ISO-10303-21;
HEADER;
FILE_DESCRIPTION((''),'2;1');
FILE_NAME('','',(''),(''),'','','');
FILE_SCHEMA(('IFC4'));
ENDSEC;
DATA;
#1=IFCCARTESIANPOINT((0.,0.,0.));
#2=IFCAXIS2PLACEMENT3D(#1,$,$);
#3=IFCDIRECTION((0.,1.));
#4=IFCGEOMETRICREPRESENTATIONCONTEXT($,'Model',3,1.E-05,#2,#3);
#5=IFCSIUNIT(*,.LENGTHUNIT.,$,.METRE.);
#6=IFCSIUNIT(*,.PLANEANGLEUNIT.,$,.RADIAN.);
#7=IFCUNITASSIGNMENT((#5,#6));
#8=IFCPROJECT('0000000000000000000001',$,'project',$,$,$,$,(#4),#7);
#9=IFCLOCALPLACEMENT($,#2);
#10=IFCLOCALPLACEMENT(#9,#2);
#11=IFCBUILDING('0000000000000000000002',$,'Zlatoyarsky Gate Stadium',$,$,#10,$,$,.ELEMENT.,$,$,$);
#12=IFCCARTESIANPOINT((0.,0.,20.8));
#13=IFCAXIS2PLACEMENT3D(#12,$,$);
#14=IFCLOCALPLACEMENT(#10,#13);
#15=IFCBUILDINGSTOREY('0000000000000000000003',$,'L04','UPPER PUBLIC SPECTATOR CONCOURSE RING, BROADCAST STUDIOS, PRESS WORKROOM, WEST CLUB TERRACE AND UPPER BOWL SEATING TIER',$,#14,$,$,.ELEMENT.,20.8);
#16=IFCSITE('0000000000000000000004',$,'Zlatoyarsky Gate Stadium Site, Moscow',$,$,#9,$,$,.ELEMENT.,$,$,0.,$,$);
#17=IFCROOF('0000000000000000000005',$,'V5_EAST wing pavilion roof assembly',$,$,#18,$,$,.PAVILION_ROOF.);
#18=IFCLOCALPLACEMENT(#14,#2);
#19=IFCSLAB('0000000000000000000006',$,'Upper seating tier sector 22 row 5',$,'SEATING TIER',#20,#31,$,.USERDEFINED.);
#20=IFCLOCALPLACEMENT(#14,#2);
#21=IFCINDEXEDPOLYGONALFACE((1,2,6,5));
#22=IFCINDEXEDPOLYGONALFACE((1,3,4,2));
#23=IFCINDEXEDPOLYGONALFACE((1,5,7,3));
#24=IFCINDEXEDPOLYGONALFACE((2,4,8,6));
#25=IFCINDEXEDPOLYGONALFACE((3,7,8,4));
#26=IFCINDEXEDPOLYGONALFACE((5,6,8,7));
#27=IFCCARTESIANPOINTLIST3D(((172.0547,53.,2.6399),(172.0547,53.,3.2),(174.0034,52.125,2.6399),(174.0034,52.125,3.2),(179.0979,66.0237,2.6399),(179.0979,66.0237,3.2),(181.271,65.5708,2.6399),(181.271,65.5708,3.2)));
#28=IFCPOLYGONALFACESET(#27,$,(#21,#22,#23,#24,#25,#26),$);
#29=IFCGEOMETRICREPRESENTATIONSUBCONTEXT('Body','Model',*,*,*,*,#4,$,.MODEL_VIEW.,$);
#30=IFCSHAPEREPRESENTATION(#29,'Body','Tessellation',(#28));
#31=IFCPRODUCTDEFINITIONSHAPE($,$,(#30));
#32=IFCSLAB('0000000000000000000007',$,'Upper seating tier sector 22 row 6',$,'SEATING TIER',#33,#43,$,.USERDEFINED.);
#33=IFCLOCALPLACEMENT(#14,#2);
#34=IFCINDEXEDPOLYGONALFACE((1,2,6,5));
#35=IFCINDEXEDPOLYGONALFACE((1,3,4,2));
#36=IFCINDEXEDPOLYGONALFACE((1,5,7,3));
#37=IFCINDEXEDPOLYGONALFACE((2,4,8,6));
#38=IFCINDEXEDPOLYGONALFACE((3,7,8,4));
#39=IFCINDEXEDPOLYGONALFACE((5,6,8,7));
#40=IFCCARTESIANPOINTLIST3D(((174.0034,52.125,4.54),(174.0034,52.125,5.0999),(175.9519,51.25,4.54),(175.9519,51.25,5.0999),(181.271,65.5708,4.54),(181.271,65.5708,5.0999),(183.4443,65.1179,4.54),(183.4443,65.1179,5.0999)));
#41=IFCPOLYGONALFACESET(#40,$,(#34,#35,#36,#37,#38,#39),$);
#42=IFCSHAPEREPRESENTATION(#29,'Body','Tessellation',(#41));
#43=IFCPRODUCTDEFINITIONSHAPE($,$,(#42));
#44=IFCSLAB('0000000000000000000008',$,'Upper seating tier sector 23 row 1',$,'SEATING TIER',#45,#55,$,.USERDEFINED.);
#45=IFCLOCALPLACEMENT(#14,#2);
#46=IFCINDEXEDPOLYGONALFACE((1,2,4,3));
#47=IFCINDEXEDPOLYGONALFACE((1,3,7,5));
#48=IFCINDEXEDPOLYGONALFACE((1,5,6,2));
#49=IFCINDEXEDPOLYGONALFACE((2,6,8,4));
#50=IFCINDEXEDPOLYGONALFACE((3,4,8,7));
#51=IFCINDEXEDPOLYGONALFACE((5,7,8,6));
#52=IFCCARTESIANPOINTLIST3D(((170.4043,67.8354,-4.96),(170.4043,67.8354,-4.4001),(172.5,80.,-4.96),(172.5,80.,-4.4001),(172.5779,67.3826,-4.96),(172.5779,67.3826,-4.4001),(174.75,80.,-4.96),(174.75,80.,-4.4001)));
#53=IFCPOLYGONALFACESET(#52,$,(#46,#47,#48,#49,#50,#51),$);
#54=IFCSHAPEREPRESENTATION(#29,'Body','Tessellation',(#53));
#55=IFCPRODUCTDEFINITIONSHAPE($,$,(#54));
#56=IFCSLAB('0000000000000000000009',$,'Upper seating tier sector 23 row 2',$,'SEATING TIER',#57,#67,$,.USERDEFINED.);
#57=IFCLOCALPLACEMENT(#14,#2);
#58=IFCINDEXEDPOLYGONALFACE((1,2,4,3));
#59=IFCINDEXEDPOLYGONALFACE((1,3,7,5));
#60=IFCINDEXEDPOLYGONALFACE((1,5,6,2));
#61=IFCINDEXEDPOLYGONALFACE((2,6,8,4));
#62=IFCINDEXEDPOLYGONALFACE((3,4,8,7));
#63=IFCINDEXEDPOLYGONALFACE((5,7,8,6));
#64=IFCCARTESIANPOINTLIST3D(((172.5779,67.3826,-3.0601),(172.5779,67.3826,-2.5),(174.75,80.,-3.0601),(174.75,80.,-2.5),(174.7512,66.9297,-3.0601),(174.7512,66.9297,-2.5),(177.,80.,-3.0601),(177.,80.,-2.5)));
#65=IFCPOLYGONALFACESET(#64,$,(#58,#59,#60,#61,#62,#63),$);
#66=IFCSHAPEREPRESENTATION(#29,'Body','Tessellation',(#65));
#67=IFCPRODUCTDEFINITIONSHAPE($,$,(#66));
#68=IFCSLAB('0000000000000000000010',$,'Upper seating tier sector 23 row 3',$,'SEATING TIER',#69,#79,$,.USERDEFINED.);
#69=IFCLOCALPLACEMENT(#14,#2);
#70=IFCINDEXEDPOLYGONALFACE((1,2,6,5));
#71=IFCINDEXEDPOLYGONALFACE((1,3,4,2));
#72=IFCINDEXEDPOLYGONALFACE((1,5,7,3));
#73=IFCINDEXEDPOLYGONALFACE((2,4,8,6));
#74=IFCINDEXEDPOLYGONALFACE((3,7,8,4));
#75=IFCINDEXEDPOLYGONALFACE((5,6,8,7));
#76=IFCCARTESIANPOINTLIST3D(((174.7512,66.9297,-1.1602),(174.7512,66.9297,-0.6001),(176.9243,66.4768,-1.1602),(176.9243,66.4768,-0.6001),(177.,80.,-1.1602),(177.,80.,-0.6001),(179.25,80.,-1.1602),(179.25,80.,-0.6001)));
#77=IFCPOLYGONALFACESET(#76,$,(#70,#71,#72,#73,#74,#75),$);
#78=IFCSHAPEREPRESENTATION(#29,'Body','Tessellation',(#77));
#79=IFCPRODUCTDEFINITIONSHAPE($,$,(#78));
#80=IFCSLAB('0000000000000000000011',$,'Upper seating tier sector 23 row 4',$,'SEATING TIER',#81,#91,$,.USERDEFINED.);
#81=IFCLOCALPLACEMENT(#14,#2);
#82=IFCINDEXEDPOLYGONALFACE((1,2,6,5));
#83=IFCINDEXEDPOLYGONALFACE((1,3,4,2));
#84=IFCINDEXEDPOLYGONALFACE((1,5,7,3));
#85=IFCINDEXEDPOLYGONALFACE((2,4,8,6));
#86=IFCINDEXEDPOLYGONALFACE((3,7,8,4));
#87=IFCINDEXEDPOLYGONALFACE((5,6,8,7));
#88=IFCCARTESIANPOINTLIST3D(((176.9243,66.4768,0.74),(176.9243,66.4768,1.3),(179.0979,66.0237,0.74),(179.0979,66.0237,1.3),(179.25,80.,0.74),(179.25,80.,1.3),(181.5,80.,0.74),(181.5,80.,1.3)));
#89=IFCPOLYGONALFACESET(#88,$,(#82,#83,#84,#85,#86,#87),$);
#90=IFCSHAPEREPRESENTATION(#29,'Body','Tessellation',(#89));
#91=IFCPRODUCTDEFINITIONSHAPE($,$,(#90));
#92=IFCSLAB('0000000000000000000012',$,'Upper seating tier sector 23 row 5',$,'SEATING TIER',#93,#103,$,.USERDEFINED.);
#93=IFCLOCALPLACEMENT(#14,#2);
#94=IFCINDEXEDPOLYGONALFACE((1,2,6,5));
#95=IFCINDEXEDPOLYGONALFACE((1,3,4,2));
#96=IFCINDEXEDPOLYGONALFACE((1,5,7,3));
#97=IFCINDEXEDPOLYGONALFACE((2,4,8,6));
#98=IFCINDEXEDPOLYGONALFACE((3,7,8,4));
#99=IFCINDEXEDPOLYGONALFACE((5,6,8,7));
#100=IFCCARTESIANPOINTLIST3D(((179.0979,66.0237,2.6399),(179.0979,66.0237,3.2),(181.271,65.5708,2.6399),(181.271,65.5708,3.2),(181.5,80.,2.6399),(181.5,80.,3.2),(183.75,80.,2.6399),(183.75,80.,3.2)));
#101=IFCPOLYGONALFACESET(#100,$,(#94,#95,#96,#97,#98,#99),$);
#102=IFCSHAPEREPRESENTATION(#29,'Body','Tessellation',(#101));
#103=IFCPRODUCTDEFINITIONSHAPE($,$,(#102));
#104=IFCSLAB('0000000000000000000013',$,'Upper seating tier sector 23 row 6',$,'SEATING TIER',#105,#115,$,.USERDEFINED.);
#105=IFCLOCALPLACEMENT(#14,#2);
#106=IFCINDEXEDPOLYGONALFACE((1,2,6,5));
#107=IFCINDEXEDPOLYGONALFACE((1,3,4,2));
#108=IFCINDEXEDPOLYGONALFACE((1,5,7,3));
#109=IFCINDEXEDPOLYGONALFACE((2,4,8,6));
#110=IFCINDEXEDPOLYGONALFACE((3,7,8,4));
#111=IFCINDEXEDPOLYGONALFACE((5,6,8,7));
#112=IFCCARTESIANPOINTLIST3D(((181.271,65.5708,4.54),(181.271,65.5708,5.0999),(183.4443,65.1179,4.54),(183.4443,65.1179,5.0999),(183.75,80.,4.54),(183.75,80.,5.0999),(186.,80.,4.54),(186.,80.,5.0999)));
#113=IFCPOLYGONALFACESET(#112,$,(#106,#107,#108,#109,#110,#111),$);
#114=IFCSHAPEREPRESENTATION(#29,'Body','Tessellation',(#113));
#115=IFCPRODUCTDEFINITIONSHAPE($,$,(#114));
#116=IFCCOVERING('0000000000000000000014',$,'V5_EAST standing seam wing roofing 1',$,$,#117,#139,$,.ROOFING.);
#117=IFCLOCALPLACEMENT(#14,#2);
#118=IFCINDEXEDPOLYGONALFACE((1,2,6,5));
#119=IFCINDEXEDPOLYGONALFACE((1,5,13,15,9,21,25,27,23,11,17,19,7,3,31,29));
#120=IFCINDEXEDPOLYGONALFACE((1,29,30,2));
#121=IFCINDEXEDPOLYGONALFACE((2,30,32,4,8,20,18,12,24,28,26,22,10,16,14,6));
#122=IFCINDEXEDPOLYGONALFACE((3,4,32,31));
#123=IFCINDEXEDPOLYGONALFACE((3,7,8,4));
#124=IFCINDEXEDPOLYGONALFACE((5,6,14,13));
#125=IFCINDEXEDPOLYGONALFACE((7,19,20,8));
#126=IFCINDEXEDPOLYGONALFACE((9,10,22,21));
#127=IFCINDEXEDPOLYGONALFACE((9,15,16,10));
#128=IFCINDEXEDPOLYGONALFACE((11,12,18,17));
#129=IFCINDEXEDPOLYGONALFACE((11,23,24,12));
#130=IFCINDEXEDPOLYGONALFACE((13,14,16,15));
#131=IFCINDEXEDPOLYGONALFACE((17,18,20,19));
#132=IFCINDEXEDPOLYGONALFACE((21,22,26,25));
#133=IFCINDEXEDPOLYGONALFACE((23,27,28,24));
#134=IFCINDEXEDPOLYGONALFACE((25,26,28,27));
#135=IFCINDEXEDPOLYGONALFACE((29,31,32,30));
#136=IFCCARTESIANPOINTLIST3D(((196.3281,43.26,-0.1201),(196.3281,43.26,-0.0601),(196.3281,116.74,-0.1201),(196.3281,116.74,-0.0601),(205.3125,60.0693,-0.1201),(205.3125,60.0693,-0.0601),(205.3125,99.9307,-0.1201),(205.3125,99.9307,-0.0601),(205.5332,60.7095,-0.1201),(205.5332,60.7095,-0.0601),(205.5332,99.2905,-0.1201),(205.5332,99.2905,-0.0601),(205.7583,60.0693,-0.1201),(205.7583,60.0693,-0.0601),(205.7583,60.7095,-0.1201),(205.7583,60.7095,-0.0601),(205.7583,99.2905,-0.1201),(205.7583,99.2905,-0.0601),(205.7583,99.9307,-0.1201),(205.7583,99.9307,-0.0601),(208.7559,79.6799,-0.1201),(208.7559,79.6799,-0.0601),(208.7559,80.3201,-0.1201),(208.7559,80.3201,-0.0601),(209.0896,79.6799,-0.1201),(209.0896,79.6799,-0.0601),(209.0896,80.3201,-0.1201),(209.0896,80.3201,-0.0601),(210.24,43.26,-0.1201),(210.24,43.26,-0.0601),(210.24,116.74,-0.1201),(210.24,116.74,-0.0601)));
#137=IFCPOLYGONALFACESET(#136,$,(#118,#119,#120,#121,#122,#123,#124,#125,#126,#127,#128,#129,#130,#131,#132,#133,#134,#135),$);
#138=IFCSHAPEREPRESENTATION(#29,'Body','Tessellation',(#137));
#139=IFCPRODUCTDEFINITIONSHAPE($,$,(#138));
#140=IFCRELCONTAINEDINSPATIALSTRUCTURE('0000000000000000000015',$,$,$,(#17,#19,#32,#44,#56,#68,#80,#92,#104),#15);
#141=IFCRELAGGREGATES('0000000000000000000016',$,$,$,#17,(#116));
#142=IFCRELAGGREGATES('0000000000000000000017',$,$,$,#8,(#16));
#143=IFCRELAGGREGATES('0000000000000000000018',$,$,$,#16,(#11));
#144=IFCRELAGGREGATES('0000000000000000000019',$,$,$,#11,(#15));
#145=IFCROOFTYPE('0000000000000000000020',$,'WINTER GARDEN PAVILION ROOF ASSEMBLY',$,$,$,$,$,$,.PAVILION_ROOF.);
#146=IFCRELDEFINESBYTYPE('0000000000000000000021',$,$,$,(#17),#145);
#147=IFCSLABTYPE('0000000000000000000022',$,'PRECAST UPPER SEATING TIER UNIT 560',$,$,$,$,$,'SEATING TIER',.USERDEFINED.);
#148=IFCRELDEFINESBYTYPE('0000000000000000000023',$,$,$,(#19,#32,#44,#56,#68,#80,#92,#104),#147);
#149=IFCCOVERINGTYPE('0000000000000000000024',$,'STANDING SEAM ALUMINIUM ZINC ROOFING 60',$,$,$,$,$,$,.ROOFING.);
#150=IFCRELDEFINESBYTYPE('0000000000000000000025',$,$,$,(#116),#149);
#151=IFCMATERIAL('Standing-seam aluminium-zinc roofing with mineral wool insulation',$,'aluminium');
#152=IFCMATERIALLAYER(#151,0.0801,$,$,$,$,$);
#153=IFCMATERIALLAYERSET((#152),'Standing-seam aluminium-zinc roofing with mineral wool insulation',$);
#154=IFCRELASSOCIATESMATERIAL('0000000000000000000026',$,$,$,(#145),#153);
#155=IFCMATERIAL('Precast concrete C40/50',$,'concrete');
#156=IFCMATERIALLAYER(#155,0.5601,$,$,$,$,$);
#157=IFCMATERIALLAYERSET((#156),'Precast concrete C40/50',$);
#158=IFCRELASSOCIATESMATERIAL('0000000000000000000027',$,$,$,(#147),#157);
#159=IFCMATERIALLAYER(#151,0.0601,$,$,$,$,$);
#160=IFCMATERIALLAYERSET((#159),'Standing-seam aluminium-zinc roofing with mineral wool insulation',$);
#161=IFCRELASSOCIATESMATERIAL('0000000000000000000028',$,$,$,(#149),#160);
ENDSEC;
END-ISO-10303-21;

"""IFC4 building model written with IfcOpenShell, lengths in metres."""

from ifc_helpers import new_model, si_unit, direction, frame, origin, place, context, subcontext, project, spatial, polyline, outline, extrude, material, layer, layer_set, type_object, element, aggregate, save


model = new_model("IFC4")

# Units and contexts
model_context = context("Model", 3, precision=1e-05, world=origin(), true_north=direction((0.0, 1.0)))
body_context = subcontext(model_context, "Body", "Model", "MODEL_VIEW")
ifc_project = project(units=[si_unit("LENGTHUNIT", "METRE"), si_unit("PLANEANGLEUNIT", "RADIAN")], contexts=[model_context])

# Site, building, storey
site_placement = place(None, origin())
site = spatial("IfcSite", under=ifc_project, at=site_placement, Name="Zlatoyarsky Gate Stadium Site, Moscow", CompositionType="ELEMENT", RefElevation=0.0)
building_placement = place(site_placement, origin())
building = spatial("IfcBuilding", under=site, at=building_placement, Name="Zlatoyarsky Gate Stadium", CompositionType="ELEMENT")
storey_placement = place(building_placement, frame((0.0, 0.0, 20.8)))
storey = spatial("IfcBuildingStorey", under=building, at=storey_placement, Name="L04", Description="UPPER PUBLIC SPECTATOR CONCOURSE RING, BROADCAST STUDIOS, PRESS WORKROOM, WEST CLUB TERRACE AND UPPER BOWL SEATING TIER", CompositionType="ELEMENT", Elevation=20.8)

# Roof
ifc_material_1 = material(Name="Standing-seam aluminium-zinc roofing with mineral wool insulation", Category="aluminium")
ifc_layer_1 = layer(ifc_material_1, 0.0801)
ifc_layer_set_1 = layer_set([ifc_layer_1], Name="Standing-seam aluminium-zinc roofing with mineral wool insulation")
roof_type = type_object("IfcRoofType", Name="WINTER GARDEN PAVILION ROOF ASSEMBLY", PredefinedType="PAVILION_ROOF", material=ifc_layer_set_1)
roof_placement = place(storey_placement, origin())
roof = element("IfcRoof", 1, at=roof_placement, inside=storey, type_object=roof_type, Name="V5_EAST wing pavilion roof assembly", PredefinedType="PAVILION_ROOF")

# Slabs
ifc_material_2 = material(Name="Precast concrete C40/50", Category="concrete")
ifc_layer_2 = layer(ifc_material_2, 0.5601)
ifc_layer_set_2 = layer_set([ifc_layer_2], Name="Precast concrete C40/50")
slab_type_1 = type_object("IfcSlabType", Name="PRECAST UPPER SEATING TIER UNIT 560", ElementType="SEATING TIER", PredefinedType="USERDEFINED", material=ifc_layer_set_2)
slab_1_placement = place(storey_placement, frame((0.0, 0.0, 2.6399)))
element("IfcSlab", 2, at=slab_1_placement, inside=storey, type_object=slab_type_1, Name="Upper seating tier sector 22 row 5", ObjectType="SEATING TIER", PredefinedType="USERDEFINED", context=body_context, shape_type="SweptSolid", body=[
    extrude(outline(polyline([(172.0547, 53.0), (174.0034, 52.125), (181.271, 65.5708), (179.0979, 66.0237), (172.0547, 53.0)])), origin(), (0.0, 0.0, 1.0), 0.5601),
])
slab_2_placement = place(storey_placement, frame((0.0, 0.0, 4.54)))
element("IfcSlab", 3, at=slab_2_placement, inside=storey, type_object=slab_type_1, Name="Upper seating tier sector 22 row 6", ObjectType="SEATING TIER", PredefinedType="USERDEFINED", context=body_context, shape_type="SweptSolid", body=[
    extrude(outline(polyline([(174.0034, 52.125), (175.9519, 51.25), (183.4443, 65.1179), (181.271, 65.5708), (174.0034, 52.125)])), origin(), (0.0, 0.0, 1.0), 0.5598),
])
slab_3_placement = place(storey_placement, frame((0.0, 0.0, -4.96)))
element("IfcSlab", 4, at=slab_3_placement, inside=storey, type_object=slab_type_1, Name="Upper seating tier sector 23 row 1", ObjectType="SEATING TIER", PredefinedType="USERDEFINED", context=body_context, shape_type="SweptSolid", body=[
    extrude(outline(polyline([(170.4043, 67.8354), (172.5779, 67.3826), (174.75, 80.0), (172.5, 80.0), (170.4043, 67.8354)])), origin(), (0.0, 0.0, 1.0), 0.5598),
])
slab_4_placement = place(storey_placement, frame((0.0, 0.0, -3.0601)))
element("IfcSlab", 5, at=slab_4_placement, inside=storey, type_object=slab_type_1, Name="Upper seating tier sector 23 row 2", ObjectType="SEATING TIER", PredefinedType="USERDEFINED", context=body_context, shape_type="SweptSolid", body=[
    extrude(outline(polyline([(172.5779, 67.3826), (174.7512, 66.9297), (177.0, 80.0), (174.75, 80.0), (172.5779, 67.3826)])), origin(), (0.0, 0.0, 1.0), 0.5601),
])
slab_5_placement = place(storey_placement, frame((0.0, 0.0, -1.1602)))
element("IfcSlab", 6, at=slab_5_placement, inside=storey, type_object=slab_type_1, Name="Upper seating tier sector 23 row 3", ObjectType="SEATING TIER", PredefinedType="USERDEFINED", context=body_context, shape_type="SweptSolid", body=[
    extrude(outline(polyline([(174.7512, 66.9297), (176.9243, 66.4768), (179.25, 80.0), (177.0, 80.0), (174.7512, 66.9297)])), origin(), (0.0, 0.0, 1.0), 0.5601),
])
slab_6_placement = place(storey_placement, frame((0.0, 0.0, 0.74)))
element("IfcSlab", 7, at=slab_6_placement, inside=storey, type_object=slab_type_1, Name="Upper seating tier sector 23 row 4", ObjectType="SEATING TIER", PredefinedType="USERDEFINED", context=body_context, shape_type="SweptSolid", body=[
    extrude(outline(polyline([(176.9243, 66.4768), (179.0979, 66.0237), (181.5, 80.0), (179.25, 80.0), (176.9243, 66.4768)])), origin(), (0.0, 0.0, 1.0), 0.5601),
])
slab_7_placement = place(storey_placement, frame((0.0, 0.0, 2.6399)))
element("IfcSlab", 8, at=slab_7_placement, inside=storey, type_object=slab_type_1, Name="Upper seating tier sector 23 row 5", ObjectType="SEATING TIER", PredefinedType="USERDEFINED", context=body_context, shape_type="SweptSolid", body=[
    extrude(outline(polyline([(179.0979, 66.0237), (181.271, 65.5708), (183.75, 80.0), (181.5, 80.0), (179.0979, 66.0237)])), origin(), (0.0, 0.0, 1.0), 0.5601),
])
slab_8_placement = place(storey_placement, frame((0.0, 0.0, 4.54)))
element("IfcSlab", 9, at=slab_8_placement, inside=storey, type_object=slab_type_1, Name="Upper seating tier sector 23 row 6", ObjectType="SEATING TIER", PredefinedType="USERDEFINED", context=body_context, shape_type="SweptSolid", body=[
    extrude(outline(polyline([(181.271, 65.5708), (183.4443, 65.1179), (186.0, 80.0), (183.75, 80.0), (181.271, 65.5708)])), origin(), (0.0, 0.0, 1.0), 0.5598),
])

# Covering
ifc_layer_3 = layer(ifc_material_1, 0.0601)
ifc_layer_set_3 = layer_set([ifc_layer_3], Name="Standing-seam aluminium-zinc roofing with mineral wool insulation")
covering_type = type_object("IfcCoveringType", Name="STANDING SEAM ALUMINIUM ZINC ROOFING 60", PredefinedType="ROOFING", material=ifc_layer_set_3)
covering_placement = place(storey_placement, frame((0.0, 0.0, -0.1201)))
covering = element("IfcCovering", 10, at=covering_placement, type_object=covering_type, Name="V5_EAST standing seam wing roofing 1", PredefinedType="ROOFING", context=body_context, shape_type="SweptSolid", body=[
    extrude(outline(polyline([(210.24, 116.74), (210.24, 43.26), (196.3281, 43.26), (205.3125, 60.0693), (205.7583, 60.0693), (205.7583, 60.7095), (205.5332, 60.7095), (208.7559, 79.6799), (209.0896, 79.6799), (209.0896, 80.3201), (208.7559, 80.3201), (205.5332, 99.2905), (205.7583, 99.2905), (205.7583, 99.9307), (205.3125, 99.9307), (196.3281, 116.74), (210.24, 116.74)])), origin(), (0.0, 0.0, 1.0), 0.0601),
])
aggregate(roof, [covering])

save(model, "model.ifc")
